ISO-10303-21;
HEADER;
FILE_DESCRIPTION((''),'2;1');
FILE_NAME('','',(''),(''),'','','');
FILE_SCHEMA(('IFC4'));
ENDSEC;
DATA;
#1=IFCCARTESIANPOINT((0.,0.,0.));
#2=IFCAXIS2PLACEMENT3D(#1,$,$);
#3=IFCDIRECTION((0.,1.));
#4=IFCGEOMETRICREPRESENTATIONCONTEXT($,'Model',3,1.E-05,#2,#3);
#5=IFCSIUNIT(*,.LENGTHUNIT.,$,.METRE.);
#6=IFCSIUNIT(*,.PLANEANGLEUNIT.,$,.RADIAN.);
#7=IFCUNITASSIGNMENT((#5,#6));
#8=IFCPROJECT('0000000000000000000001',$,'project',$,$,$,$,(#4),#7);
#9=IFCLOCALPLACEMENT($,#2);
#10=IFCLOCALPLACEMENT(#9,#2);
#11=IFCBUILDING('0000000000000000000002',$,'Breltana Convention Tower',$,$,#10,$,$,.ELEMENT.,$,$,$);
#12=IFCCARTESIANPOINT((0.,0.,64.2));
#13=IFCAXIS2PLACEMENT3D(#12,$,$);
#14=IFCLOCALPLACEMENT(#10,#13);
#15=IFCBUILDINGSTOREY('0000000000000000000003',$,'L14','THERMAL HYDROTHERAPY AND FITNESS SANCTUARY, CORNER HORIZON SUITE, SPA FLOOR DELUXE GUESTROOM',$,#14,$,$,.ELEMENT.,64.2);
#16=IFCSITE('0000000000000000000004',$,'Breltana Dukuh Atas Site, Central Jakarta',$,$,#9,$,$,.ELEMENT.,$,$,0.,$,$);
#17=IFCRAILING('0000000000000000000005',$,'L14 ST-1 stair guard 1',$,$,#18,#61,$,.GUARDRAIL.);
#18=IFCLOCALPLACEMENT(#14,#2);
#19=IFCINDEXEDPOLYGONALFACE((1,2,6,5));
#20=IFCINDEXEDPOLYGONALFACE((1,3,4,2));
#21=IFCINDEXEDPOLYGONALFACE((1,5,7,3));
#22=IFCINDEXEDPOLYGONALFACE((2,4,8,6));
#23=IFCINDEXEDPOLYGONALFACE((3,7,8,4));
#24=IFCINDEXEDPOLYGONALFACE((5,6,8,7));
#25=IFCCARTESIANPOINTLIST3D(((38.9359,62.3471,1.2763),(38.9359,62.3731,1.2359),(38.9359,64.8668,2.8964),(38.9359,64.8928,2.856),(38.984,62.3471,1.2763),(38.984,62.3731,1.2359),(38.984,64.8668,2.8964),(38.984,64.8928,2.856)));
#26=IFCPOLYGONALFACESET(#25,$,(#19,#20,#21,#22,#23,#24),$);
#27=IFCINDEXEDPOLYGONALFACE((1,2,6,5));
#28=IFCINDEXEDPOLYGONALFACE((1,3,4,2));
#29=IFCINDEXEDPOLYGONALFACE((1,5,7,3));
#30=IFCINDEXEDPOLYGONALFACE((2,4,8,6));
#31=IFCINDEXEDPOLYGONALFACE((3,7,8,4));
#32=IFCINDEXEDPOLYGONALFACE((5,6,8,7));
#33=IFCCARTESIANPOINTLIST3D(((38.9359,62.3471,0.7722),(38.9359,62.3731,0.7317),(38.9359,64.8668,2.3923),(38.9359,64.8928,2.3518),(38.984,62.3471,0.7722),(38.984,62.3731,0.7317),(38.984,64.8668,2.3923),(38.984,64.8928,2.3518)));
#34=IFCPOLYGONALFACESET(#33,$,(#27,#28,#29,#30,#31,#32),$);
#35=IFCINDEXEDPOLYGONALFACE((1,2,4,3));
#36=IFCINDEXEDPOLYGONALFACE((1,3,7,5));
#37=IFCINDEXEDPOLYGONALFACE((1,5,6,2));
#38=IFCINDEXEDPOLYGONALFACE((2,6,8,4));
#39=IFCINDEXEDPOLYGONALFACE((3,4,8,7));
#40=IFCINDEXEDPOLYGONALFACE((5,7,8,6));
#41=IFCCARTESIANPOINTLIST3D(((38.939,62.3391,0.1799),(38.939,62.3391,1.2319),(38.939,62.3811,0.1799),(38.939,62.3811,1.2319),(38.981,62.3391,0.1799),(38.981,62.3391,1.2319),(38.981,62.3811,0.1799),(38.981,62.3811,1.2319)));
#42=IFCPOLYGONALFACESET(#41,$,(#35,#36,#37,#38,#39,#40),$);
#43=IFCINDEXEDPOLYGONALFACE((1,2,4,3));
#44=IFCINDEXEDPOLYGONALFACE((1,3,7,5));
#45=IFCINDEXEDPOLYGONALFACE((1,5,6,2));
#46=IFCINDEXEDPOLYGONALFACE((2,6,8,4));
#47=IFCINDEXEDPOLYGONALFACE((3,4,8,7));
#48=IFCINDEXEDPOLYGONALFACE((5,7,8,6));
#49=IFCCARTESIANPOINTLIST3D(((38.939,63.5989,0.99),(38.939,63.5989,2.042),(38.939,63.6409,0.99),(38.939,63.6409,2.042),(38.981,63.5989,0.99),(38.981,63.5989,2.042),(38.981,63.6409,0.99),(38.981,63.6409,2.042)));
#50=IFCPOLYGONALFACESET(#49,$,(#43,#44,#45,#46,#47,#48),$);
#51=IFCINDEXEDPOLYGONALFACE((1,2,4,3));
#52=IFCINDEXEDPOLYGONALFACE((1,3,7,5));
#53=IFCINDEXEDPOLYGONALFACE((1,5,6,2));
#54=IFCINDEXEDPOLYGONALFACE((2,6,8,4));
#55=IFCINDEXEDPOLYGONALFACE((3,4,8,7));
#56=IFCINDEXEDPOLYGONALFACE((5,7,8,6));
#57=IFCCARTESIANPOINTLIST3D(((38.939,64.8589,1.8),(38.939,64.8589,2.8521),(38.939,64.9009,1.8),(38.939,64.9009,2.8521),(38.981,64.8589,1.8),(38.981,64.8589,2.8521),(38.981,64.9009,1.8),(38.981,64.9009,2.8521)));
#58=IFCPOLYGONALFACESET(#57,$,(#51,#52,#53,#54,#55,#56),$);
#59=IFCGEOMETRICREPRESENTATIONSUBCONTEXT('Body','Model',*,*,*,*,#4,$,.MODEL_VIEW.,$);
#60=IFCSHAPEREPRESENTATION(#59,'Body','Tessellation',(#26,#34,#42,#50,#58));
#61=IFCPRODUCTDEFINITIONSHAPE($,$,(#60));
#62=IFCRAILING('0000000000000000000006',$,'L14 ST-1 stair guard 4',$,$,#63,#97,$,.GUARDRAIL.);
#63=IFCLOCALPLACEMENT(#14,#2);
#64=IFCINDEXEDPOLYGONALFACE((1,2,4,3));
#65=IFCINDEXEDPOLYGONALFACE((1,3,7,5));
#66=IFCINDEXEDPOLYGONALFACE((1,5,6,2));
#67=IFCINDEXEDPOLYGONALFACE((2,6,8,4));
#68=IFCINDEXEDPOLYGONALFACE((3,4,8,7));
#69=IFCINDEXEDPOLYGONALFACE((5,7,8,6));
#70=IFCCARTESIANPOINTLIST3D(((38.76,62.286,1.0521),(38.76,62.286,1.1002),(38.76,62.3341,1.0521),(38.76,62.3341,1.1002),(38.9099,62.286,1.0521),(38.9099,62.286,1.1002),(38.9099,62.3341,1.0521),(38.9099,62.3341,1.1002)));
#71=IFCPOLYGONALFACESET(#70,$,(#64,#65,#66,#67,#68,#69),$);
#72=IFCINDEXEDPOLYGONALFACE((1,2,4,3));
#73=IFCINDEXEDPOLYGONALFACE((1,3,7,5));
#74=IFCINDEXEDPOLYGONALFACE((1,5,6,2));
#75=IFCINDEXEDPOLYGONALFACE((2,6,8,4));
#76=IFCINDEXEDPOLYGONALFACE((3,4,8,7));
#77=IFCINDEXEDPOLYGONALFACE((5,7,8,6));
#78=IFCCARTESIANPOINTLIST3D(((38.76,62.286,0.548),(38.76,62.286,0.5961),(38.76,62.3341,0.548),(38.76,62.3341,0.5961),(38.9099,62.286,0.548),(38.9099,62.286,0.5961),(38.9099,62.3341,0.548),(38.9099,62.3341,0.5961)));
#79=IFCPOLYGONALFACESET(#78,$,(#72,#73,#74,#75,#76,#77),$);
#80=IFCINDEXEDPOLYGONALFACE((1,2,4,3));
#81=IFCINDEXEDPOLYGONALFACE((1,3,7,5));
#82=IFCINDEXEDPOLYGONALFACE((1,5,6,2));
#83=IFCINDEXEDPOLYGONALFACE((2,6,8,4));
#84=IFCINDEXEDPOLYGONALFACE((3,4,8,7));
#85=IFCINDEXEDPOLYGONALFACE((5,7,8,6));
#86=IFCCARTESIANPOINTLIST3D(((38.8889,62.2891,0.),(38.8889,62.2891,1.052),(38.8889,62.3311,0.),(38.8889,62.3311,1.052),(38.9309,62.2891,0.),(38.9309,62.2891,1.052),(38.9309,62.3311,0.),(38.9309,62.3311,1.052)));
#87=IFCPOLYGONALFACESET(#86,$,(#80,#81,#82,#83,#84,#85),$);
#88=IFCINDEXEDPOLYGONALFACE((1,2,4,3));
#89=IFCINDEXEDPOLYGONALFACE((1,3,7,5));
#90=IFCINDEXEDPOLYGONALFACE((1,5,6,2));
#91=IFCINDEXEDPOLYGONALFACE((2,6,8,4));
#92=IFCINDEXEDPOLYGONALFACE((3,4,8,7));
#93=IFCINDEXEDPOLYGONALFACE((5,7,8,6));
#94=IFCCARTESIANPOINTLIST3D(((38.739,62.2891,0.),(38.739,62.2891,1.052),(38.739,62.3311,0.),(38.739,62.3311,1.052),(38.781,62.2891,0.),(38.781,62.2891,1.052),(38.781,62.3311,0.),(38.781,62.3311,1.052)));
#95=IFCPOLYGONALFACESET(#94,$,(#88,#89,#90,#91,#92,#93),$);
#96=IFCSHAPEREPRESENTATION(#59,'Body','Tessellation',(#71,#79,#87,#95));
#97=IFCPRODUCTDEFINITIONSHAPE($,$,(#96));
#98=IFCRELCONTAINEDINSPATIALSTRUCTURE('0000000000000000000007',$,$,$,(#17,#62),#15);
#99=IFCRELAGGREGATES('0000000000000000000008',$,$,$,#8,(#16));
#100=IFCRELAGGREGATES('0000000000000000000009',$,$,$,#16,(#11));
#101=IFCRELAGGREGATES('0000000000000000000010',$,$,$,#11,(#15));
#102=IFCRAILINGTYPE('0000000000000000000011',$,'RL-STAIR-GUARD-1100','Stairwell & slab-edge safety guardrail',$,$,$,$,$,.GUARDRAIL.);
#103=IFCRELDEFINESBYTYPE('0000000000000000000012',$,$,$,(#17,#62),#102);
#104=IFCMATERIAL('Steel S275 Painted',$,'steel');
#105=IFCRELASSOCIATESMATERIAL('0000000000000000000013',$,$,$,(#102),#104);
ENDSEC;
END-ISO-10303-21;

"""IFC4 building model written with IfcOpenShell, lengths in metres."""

from ifc_helpers import new_model, si_unit, direction, frame, origin, origin_2d, place, context, subcontext, project, spatial, rectangle, extrude, material, type_object, element, save


model = new_model("IFC4")

# Units and contexts
model_context = context("Model", 3, precision=1e-05, world=origin(), true_north=direction((0.0, 1.0)))
body_context = subcontext(model_context, "Body", "Model", "MODEL_VIEW")
ifc_project = project(units=[si_unit("LENGTHUNIT", "METRE"), si_unit("PLANEANGLEUNIT", "RADIAN")], contexts=[model_context])

# Site, building, storey
site_placement = place(None, origin())
site = spatial("IfcSite", under=ifc_project, at=site_placement, Name="Breltana Dukuh Atas Site, Central Jakarta", CompositionType="ELEMENT", RefElevation=0.0)
building_placement = place(site_placement, origin())
building = spatial("IfcBuilding", under=site, at=building_placement, Name="Breltana Convention Tower", CompositionType="ELEMENT")
storey_placement = place(building_placement, frame((0.0, 0.0, 64.2)))
storey = spatial("IfcBuildingStorey", under=building, at=storey_placement, Name="L14", Description="THERMAL HYDROTHERAPY AND FITNESS SANCTUARY, CORNER HORIZON SUITE, SPA FLOOR DELUXE GUESTROOM", CompositionType="ELEMENT", Elevation=64.2)

# Railings
ifc_material_1 = material(Name="Steel S275 Painted", Category="steel")
railing_type = type_object("IfcRailingType", Name="RL-STAIR-GUARD-1100", Description="Stairwell & slab-edge safety guardrail", PredefinedType="GUARDRAIL", material=ifc_material_1)
railing_1_placement = place(storey_placement, frame((38.96, 62.3601, 0.1799)))
element("IfcRailing", 1, at=railing_1_placement, inside=storey, type_object=railing_type, Name="L14 ST-1 stair guard 1", PredefinedType="GUARDRAIL", context=body_context, shape_type="SweptSolid", body=[
    extrude(rectangle(XDim=0.0481, YDim=0.0481, at=origin_2d()), frame((0.0, 0.0, 1.0762), z_axis=(0.0, 0.841139, 0.540819), x_axis=(-1.0, 0.0, 0.0)), (0.0, 0.0, 1.0), 2.9956),
    extrude(rectangle(XDim=0.0481, YDim=0.0481, at=origin_2d()), frame((0.0, 0.0, 0.572), z_axis=(0.0, 0.841139, 0.540819), x_axis=(-1.0, 0.0, 0.0)), (0.0, 0.0, 1.0), 2.9956),
    extrude(rectangle(XDim=0.042, YDim=0.042, at=origin_2d()), origin(), (0.0, 0.0, 1.0), 1.052),
    extrude(rectangle(XDim=0.042, YDim=0.042, at=origin_2d()), frame((0.0, 1.2598, 0.8101)), (0.0, 0.0, 1.0), 1.052),
    extrude(rectangle(XDim=0.042, YDim=0.042, at=origin_2d()), frame((0.0, 2.5198, 1.6201)), (0.0, 0.0, 1.0), 1.052),
])
railing_2_placement = place(storey_placement, frame((38.9099, 62.3101, 0.0)))
element("IfcRailing", 2, at=railing_2_placement, inside=storey, type_object=railing_type, Name="L14 ST-1 stair guard 4", PredefinedType="GUARDRAIL", context=body_context, shape_type="SweptSolid", body=[
    extrude(rectangle(XDim=0.0481, YDim=0.0481, at=origin_2d()), frame((0.0, 0.0, 1.0762), z_axis=(-1.0, 0.0, 0.0), x_axis=(0.0, -1.0, 0.0)), (0.0, 0.0, 1.0), 0.1499),
    extrude(rectangle(XDim=0.0481, YDim=0.0481, at=origin_2d()), frame((0.0, 0.0, 0.572), z_axis=(-1.0, 0.0, 0.0), x_axis=(0.0, -1.0, 0.0)), (0.0, 0.0, 1.0), 0.1499),
    extrude(rectangle(XDim=0.042, YDim=0.042, at=origin_2d()), origin(), (0.0, 0.0, 1.0), 1.052),
    extrude(rectangle(XDim=0.042, YDim=0.042, at=origin_2d()), frame((-0.1499, 0.0, 0.0)), (0.0, 0.0, 1.0), 1.052),
])

save(model, "model.ifc")
